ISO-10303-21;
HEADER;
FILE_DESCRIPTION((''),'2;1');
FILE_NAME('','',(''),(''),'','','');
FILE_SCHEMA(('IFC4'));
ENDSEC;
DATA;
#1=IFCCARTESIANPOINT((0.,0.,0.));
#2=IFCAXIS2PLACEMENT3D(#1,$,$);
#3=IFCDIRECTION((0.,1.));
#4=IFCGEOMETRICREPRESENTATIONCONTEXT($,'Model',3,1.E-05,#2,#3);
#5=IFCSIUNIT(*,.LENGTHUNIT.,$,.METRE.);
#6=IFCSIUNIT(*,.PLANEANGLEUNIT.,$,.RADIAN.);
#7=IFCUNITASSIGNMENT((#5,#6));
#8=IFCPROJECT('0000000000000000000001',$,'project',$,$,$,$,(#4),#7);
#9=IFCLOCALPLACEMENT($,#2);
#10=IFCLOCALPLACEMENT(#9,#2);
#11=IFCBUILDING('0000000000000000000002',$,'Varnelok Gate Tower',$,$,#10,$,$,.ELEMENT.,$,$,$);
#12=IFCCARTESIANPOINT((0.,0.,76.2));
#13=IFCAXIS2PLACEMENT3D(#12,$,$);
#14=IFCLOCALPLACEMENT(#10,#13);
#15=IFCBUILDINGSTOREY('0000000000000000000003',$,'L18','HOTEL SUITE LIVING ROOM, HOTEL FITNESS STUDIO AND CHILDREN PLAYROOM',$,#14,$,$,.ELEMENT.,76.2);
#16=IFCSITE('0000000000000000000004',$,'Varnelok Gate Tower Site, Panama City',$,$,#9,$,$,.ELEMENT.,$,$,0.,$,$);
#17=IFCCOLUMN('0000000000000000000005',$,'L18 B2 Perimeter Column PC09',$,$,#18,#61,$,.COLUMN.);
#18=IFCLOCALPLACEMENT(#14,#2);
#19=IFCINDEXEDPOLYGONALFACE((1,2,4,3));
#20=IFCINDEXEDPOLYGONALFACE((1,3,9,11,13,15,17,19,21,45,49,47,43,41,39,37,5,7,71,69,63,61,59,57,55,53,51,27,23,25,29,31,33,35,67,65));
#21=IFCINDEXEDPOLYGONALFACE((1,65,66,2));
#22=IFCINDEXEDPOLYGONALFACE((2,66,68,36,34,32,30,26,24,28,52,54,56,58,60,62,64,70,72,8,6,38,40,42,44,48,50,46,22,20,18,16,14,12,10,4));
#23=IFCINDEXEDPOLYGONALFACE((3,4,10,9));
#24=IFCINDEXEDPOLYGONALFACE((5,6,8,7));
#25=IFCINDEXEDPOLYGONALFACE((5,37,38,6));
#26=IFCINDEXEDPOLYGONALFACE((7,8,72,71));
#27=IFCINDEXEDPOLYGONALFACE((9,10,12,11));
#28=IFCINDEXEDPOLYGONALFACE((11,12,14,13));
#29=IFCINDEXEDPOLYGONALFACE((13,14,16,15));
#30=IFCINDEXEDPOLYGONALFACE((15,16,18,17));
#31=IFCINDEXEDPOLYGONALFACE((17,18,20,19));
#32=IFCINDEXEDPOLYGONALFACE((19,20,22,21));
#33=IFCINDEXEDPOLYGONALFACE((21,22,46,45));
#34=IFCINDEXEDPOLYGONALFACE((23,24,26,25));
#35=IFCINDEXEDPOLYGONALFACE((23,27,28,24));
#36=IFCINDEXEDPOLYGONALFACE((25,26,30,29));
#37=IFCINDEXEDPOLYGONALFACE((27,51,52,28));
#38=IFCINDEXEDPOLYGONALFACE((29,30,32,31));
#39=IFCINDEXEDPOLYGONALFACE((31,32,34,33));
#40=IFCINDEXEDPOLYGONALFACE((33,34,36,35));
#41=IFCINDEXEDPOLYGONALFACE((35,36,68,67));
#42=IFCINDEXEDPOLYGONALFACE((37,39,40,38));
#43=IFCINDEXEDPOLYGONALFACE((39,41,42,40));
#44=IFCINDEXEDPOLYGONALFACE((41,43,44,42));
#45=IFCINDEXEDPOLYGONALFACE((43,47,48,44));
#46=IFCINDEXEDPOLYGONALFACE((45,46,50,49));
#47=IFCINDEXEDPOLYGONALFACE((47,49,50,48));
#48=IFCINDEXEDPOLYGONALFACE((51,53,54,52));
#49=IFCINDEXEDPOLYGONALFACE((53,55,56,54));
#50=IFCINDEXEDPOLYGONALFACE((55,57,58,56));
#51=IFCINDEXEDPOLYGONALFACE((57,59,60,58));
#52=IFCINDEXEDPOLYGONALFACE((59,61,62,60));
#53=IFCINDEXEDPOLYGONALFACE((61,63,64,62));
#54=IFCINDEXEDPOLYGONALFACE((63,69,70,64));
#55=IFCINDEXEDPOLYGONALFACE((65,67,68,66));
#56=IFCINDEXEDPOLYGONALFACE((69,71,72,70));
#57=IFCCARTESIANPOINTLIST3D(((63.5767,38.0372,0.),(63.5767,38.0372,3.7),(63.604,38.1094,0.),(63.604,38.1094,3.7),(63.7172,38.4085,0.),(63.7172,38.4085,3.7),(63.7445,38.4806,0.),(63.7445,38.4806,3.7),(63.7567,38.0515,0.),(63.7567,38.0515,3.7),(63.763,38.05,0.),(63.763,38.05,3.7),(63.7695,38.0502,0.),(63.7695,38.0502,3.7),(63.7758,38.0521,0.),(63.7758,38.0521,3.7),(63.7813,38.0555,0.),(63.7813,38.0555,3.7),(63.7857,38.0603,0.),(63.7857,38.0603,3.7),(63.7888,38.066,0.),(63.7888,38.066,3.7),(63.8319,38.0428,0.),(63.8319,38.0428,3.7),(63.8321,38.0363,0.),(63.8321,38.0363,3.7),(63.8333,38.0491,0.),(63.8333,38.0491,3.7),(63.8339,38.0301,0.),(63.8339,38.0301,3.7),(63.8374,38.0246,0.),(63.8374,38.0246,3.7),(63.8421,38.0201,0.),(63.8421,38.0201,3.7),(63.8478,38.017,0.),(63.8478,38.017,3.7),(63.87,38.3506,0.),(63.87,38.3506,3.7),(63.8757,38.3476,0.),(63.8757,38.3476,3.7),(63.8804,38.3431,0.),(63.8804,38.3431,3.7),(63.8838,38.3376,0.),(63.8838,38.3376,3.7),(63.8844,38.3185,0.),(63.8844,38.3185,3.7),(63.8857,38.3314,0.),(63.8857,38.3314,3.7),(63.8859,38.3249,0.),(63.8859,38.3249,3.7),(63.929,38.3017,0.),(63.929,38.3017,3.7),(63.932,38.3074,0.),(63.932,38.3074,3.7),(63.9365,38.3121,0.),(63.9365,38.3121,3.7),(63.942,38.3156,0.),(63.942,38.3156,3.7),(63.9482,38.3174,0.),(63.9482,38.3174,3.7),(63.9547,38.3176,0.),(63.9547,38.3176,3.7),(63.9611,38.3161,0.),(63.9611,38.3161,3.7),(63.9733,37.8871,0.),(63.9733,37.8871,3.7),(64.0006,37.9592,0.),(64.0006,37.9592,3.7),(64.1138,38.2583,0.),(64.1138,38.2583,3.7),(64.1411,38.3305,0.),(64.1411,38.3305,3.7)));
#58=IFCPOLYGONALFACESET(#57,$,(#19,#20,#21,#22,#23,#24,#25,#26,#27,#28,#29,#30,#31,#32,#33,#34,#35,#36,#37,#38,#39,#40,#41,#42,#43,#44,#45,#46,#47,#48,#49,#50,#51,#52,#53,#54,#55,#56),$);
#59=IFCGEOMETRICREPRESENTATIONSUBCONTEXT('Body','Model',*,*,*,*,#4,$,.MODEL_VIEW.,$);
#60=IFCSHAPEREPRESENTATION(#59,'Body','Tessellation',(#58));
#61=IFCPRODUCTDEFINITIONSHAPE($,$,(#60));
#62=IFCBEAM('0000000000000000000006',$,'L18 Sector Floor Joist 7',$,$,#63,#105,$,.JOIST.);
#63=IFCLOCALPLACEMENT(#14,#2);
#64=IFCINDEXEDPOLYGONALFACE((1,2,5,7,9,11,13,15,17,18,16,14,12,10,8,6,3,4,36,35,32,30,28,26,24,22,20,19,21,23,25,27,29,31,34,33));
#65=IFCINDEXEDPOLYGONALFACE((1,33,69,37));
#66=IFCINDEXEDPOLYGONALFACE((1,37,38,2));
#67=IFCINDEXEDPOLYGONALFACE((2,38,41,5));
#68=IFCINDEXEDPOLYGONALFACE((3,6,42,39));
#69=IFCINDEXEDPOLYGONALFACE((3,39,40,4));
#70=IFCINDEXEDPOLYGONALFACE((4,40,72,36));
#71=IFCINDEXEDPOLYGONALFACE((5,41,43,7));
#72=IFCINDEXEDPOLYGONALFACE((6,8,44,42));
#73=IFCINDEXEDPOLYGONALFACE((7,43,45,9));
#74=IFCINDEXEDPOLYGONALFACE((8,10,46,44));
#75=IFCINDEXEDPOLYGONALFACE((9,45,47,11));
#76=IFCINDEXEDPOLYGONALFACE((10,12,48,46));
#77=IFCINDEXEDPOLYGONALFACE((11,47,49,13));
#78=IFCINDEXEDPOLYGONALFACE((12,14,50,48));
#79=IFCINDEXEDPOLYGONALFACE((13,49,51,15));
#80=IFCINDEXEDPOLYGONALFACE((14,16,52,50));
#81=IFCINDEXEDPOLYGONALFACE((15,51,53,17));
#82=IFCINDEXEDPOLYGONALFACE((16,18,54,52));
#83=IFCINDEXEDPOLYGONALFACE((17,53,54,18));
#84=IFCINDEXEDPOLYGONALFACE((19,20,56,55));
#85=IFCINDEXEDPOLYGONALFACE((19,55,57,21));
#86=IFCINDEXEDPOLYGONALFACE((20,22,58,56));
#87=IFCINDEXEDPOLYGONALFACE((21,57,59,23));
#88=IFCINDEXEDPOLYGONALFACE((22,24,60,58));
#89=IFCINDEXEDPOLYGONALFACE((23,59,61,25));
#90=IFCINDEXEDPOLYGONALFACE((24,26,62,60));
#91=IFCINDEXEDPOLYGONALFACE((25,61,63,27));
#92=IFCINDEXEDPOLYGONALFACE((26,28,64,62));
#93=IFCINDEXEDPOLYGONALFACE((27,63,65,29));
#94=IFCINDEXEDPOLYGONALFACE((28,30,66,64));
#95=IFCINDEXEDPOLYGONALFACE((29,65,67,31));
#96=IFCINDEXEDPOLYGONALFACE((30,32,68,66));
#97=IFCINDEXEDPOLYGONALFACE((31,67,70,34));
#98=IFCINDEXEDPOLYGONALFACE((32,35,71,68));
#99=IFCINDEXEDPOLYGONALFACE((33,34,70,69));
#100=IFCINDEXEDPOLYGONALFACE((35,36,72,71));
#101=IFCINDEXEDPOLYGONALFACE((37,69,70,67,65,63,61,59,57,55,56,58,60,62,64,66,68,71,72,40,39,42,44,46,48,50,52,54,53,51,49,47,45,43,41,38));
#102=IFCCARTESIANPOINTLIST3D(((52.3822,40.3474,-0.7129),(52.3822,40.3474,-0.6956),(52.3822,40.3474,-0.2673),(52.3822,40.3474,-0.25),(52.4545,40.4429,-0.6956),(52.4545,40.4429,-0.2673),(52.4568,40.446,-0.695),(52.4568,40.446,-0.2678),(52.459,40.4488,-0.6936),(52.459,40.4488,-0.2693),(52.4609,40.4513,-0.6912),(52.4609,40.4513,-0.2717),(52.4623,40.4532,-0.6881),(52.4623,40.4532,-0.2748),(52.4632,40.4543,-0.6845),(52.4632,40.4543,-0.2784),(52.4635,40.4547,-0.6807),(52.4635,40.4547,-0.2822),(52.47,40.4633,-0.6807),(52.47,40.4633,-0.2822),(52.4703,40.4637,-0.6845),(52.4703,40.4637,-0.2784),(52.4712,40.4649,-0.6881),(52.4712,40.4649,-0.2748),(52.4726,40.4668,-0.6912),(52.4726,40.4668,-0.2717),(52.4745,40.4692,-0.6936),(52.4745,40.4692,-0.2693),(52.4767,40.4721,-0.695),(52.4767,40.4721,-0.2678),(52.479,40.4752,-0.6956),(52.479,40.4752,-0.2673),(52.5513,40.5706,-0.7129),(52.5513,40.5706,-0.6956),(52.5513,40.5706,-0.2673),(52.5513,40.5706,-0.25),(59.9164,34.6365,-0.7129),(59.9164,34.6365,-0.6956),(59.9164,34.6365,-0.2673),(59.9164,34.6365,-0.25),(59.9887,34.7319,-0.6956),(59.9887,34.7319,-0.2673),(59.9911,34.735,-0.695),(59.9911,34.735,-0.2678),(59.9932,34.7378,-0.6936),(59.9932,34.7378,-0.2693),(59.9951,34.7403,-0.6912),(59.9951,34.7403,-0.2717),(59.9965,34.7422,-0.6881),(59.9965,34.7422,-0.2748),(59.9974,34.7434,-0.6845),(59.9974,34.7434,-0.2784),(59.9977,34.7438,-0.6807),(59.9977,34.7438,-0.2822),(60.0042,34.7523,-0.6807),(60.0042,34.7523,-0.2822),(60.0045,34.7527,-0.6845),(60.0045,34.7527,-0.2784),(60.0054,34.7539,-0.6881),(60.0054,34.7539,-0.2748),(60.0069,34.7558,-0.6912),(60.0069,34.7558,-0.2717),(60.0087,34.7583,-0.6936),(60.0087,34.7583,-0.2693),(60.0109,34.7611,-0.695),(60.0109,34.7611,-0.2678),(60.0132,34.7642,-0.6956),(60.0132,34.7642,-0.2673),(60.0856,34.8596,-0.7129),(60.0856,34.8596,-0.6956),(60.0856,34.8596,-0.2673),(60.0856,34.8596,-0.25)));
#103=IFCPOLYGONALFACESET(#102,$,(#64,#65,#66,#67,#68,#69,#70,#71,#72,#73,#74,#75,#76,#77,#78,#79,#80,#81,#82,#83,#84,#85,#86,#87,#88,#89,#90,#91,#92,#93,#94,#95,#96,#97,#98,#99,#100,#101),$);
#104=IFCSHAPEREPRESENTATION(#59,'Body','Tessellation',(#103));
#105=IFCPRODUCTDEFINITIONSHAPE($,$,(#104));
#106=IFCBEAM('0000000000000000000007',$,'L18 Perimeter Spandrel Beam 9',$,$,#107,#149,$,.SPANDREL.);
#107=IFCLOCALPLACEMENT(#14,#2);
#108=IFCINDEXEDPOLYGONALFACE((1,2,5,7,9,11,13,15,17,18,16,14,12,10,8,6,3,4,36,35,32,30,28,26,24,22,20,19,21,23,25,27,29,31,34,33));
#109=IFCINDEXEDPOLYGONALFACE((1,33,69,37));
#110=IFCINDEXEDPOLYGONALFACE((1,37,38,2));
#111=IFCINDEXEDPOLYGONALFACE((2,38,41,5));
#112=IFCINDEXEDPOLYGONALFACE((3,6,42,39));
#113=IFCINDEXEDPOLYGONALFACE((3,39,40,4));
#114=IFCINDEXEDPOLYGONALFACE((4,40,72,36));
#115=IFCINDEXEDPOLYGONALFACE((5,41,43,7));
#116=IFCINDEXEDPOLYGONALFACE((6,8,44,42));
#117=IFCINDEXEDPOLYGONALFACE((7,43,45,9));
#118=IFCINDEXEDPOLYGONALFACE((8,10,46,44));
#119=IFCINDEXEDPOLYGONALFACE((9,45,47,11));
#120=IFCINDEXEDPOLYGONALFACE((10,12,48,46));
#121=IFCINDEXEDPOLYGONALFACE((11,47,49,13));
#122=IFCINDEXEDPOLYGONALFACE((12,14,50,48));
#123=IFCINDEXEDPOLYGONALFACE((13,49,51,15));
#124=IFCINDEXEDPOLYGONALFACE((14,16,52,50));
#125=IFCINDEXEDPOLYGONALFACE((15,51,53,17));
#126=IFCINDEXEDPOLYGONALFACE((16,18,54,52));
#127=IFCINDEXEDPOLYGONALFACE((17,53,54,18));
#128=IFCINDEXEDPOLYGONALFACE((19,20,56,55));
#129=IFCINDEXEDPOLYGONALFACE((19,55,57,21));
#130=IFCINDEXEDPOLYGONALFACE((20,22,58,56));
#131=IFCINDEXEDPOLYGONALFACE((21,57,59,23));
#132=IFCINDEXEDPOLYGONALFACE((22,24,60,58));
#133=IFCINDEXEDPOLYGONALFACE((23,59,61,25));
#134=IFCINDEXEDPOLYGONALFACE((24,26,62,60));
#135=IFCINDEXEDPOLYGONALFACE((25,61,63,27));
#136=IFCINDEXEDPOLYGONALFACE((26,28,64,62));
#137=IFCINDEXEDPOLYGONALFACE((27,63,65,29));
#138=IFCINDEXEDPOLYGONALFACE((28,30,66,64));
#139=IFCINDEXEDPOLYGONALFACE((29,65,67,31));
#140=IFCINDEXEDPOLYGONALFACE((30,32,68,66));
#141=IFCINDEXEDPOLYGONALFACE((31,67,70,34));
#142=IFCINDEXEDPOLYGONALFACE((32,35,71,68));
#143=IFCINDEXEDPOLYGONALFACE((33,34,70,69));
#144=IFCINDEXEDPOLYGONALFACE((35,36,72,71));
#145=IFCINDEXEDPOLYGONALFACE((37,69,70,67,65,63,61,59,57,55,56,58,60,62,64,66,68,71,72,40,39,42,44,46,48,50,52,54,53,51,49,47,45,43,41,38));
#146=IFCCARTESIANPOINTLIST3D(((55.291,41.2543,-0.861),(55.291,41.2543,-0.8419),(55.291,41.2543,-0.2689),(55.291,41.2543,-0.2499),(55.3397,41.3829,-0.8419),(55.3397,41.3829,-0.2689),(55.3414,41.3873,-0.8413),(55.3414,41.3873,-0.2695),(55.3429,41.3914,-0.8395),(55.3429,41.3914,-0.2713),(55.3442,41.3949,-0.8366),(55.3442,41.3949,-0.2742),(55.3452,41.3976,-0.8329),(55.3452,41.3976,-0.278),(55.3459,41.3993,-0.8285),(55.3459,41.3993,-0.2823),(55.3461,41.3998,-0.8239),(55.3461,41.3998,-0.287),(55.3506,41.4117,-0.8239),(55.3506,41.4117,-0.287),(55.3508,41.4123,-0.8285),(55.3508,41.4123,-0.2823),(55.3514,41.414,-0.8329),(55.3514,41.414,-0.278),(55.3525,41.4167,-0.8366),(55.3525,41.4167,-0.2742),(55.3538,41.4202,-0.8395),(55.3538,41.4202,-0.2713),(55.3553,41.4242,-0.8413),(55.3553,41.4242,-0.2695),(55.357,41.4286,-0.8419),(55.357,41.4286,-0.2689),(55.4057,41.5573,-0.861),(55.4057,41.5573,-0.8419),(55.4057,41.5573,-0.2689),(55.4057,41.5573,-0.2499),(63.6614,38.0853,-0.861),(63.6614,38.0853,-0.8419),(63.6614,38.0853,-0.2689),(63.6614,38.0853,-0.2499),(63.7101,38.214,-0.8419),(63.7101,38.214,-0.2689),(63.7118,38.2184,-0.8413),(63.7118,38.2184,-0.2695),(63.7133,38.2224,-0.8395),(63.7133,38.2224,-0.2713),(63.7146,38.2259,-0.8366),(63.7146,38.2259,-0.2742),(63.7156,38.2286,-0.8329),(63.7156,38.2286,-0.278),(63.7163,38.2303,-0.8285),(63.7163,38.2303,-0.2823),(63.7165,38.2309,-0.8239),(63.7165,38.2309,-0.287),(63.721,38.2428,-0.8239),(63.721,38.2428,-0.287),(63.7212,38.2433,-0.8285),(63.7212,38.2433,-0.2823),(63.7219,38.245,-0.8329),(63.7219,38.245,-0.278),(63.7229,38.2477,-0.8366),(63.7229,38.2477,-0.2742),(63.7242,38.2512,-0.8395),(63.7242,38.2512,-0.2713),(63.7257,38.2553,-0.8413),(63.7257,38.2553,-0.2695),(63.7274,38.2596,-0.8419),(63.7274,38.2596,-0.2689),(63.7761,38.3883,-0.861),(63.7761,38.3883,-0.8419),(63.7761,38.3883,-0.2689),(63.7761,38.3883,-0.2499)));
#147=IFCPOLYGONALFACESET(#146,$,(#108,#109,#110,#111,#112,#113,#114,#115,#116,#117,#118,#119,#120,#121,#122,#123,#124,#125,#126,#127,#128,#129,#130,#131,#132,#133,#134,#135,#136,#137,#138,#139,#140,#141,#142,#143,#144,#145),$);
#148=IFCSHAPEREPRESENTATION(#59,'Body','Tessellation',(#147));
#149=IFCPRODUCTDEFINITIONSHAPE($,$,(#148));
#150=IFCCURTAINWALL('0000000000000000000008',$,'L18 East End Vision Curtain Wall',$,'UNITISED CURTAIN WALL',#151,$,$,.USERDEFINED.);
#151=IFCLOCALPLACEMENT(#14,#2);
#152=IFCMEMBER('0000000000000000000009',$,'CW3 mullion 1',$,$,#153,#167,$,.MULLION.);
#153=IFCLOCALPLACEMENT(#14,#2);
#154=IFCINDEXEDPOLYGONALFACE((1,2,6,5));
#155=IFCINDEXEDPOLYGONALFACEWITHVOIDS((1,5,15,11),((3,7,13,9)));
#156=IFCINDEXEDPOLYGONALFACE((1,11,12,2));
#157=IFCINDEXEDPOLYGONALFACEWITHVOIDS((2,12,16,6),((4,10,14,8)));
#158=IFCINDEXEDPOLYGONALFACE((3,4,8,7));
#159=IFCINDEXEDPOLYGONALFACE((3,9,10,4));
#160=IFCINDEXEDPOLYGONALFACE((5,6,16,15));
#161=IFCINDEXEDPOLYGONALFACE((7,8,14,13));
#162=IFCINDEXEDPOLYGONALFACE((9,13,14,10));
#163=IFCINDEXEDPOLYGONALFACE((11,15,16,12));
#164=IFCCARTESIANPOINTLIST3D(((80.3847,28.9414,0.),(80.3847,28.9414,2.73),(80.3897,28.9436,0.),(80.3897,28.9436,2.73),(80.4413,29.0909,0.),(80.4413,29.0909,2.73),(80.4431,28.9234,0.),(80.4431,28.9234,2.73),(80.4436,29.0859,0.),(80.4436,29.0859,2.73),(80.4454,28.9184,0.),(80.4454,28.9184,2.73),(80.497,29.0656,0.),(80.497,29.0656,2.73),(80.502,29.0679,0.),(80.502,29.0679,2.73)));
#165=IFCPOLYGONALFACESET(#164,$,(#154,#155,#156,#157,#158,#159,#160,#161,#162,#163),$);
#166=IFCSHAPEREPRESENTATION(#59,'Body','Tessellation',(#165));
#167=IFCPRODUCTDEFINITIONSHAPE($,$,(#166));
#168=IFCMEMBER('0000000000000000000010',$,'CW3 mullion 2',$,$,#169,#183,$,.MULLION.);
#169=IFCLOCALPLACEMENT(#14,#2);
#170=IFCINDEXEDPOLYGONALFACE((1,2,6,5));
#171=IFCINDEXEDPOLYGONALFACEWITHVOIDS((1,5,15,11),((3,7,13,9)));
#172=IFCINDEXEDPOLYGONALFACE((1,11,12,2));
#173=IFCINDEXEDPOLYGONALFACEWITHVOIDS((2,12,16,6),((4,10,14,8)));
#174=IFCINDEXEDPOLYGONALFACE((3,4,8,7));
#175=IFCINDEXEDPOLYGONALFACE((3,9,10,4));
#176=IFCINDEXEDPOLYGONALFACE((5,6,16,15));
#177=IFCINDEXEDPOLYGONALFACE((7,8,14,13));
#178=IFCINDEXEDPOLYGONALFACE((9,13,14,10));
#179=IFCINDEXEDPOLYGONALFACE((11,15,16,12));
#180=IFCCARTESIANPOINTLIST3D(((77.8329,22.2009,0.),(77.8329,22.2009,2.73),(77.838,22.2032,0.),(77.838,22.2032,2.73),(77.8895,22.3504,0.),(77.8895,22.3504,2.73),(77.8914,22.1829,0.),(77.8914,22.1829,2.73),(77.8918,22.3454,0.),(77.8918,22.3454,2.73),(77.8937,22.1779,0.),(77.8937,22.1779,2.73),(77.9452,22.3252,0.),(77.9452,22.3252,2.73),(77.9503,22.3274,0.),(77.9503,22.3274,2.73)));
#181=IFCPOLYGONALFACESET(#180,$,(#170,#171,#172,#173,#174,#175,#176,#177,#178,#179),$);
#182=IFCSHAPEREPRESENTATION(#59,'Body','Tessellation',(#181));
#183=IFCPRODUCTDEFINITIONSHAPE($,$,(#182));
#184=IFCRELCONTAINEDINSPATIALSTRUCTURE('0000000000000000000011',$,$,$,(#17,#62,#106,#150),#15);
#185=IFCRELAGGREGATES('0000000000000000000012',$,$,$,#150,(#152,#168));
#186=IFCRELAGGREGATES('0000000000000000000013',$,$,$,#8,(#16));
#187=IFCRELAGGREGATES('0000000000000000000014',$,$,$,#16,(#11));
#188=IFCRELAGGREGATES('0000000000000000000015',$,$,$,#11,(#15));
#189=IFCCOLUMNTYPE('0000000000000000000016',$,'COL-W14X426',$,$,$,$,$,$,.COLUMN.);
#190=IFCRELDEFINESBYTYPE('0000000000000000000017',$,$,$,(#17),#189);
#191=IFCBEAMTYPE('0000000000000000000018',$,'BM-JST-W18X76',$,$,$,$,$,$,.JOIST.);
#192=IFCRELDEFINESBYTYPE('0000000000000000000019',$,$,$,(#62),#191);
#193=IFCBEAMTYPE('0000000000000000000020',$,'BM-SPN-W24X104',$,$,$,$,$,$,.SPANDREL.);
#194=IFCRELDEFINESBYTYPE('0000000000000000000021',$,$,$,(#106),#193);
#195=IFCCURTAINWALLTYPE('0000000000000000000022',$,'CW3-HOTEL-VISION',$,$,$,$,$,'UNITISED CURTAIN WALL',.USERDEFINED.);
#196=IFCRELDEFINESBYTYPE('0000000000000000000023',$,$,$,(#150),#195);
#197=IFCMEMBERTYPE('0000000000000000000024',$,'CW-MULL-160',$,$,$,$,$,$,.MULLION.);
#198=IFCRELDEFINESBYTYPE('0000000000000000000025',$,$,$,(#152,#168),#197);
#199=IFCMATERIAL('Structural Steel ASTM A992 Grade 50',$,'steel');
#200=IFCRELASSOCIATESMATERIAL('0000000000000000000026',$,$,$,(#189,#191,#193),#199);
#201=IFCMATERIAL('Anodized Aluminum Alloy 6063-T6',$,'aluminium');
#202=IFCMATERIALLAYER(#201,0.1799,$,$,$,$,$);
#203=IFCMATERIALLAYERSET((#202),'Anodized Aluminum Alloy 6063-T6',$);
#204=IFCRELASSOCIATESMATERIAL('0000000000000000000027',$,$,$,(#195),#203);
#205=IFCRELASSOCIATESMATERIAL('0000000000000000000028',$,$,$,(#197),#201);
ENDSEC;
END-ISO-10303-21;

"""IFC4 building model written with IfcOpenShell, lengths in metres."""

from ifc_helpers import new_model, si_unit, direction, frame, origin, origin_2d, place, context, subcontext, project, spatial, hollow_rectangle, i_section, extrude, material, layer, layer_set, material_profile, profile_set, type_object, element, aggregate, save


model = new_model("IFC4")

# Units and contexts
model_context = context("Model", 3, precision=1e-05, world=origin(), true_north=direction((0.0, 1.0)))
body_context = subcontext(model_context, "Body", "Model", "MODEL_VIEW")
ifc_project = project(units=[si_unit("LENGTHUNIT", "METRE"), si_unit("PLANEANGLEUNIT", "RADIAN")], contexts=[model_context])

# Site, building, storey
site_placement = place(None, origin())
site = spatial("IfcSite", under=ifc_project, at=site_placement, Name="Varnelok Gate Tower Site, Panama City", CompositionType="ELEMENT", RefElevation=0.0)
building_placement = place(site_placement, origin())
building = spatial("IfcBuilding", under=site, at=building_placement, Name="Varnelok Gate Tower", CompositionType="ELEMENT")
storey_placement = place(building_placement, frame((0.0, 0.0, 76.2)))
storey = spatial("IfcBuildingStorey", under=building, at=storey_placement, Name="L18", Description="HOTEL SUITE LIVING ROOM, HOTEL FITNESS STUDIO AND CHILDREN PLAYROOM", CompositionType="ELEMENT", Elevation=76.2)

# Column
ifc_material_1 = material(Name="Structural Steel ASTM A992 Grade 50", Category="steel")
ifc_material_profile_1 = material_profile(ifc_material_1, i_section(OverallWidth=0.4241, OverallDepth=0.4741, WebThickness=0.0476, FlangeThickness=0.0771, FilletRadius=0.0249, at=origin_2d()), Name="W14X426")
ifc_profile_set_1 = profile_set([ifc_material_profile_1], Name="Structural Steel ASTM A992 Grade 50")
column_type = type_object("IfcColumnType", Name="COL-W14X426", PredefinedType="COLUMN", material=ifc_profile_set_1)
column_placement = place(storey_placement, frame((63.8589, 38.1838, 0.0), z_axis=(0.0, 0.0, 1.0), x_axis=(0.935222, -0.354063, 0.0)))
element("IfcColumn", 1, at=column_placement, inside=storey, type_object=column_type, Name="L18 B2 Perimeter Column PC09", PredefinedType="COLUMN", context=body_context, shape_type="SweptSolid", body=[
    extrude(i_section(OverallWidth=0.4241, OverallDepth=0.4741, WebThickness=0.0476, FlangeThickness=0.0771, FilletRadius=0.0249, at=origin_2d()), origin(), (0.0, 0.0, 1.0), 3.7),
])

# Beams
ifc_material_profile_2 = material_profile(ifc_material_1, i_section(OverallWidth=0.28, OverallDepth=0.4629, WebThickness=0.0107, FlangeThickness=0.0173, FilletRadius=0.0149, at=origin_2d()), Name="W18X76")
ifc_profile_set_2 = profile_set([ifc_material_profile_2], Name="Structural Steel ASTM A992 Grade 50")
beam_type_1 = type_object("IfcBeamType", Name="BM-JST-W18X76", PredefinedType="JOIST", material=ifc_profile_set_2)
beam_1_placement = place(storey_placement, frame((60.001, 34.748, -0.4814), z_axis=(-0.796928, 0.604074, 0.0), x_axis=(-0.604074, -0.796928, 0.0)))
element("IfcBeam", 2, at=beam_1_placement, inside=storey, type_object=beam_type_1, Name="L18 Sector Floor Joist 7", PredefinedType="JOIST", context=body_context, shape_type="SweptSolid", body=[
    extrude(i_section(OverallWidth=0.28, OverallDepth=0.4629, WebThickness=0.0107, FlangeThickness=0.0173, FilletRadius=0.0149, at=origin_2d()), origin(), (0.0, 0.0, 1.0), 9.4541),
])
ifc_material_profile_3 = material_profile(ifc_material_1, i_section(OverallWidth=0.324, OverallDepth=0.6111, WebThickness=0.0127, FlangeThickness=0.019, FilletRadius=0.0181, at=origin_2d()), Name="W24X104")
ifc_profile_set_3 = profile_set([ifc_material_profile_3], Name="Structural Steel ASTM A992 Grade 50")
beam_type_2 = type_object("IfcBeamType", Name="BM-SPN-W24X104", PredefinedType="SPANDREL", material=ifc_profile_set_3)
beam_2_placement = place(storey_placement, frame((63.7188, 38.2368, -0.5554), z_axis=(-0.93522, 0.354066, 0.0), x_axis=(-0.354066, -0.93522, 0.0)))
element("IfcBeam", 3, at=beam_2_placement, inside=storey, type_object=beam_type_2, Name="L18 Perimeter Spandrel Beam 9", PredefinedType="SPANDREL", context=body_context, shape_type="SweptSolid", body=[
    extrude(i_section(OverallWidth=0.324, OverallDepth=0.6111, WebThickness=0.0127, FlangeThickness=0.019, FilletRadius=0.0181, at=origin_2d()), origin(), (0.0, 0.0, 1.0), 8.9502),
])

# Curtain wall, members
ifc_material_2 = material(Name="Anodized Aluminum Alloy 6063-T6", Category="aluminium")
ifc_layer_1 = layer(ifc_material_2, 0.1799)
ifc_layer_set_1 = layer_set([ifc_layer_1], Name="Anodized Aluminum Alloy 6063-T6")
curtain_wall_type = type_object("IfcCurtainWallType", Name="CW3-HOTEL-VISION", ElementType="UNITISED CURTAIN WALL", PredefinedType="USERDEFINED", material=ifc_layer_set_1)
curtain_wall_placement = place(storey_placement, origin())
curtain_wall = element("IfcCurtainWall", 4, at=curtain_wall_placement, inside=storey, type_object=curtain_wall_type, Name="L18 East End Vision Curtain Wall", ObjectType="UNITISED CURTAIN WALL", PredefinedType="USERDEFINED")
ifc_material_profile_4 = material_profile(ifc_material_2, hollow_rectangle(XDim=0.0649, YDim=0.1599, WallThickness=0.0039, at=origin_2d()), Name="ALU160X65X4")
ifc_profile_set_4 = profile_set([ifc_material_profile_4], Name="Anodized Aluminum Alloy 6063-T6")
member_type_1 = type_object("IfcMemberType", Name="CW-MULL-160", PredefinedType="MULLION", material=ifc_profile_set_4)
member_1_placement = place(storey_placement, frame((80.4434, 29.0046, 0.0), z_axis=(0.0, 0.0, 1.0), x_axis=(0.935221, -0.354064, 0.0)))
member_1 = element("IfcMember", 5, at=member_1_placement, type_object=member_type_1, Name="CW3 mullion 1", PredefinedType="MULLION", context=body_context, shape_type="SweptSolid", body=[
    extrude(hollow_rectangle(XDim=0.0649, YDim=0.1599, WallThickness=0.0039, at=origin_2d()), origin(), (0.0, 0.0, 1.0), 2.73),
])
member_2_placement = place(storey_placement, frame((77.8916, 22.2642, 0.0), z_axis=(0.0, 0.0, 1.0), x_axis=(0.935221, -0.354064, 0.0)))
member_2 = element("IfcMember", 6, at=member_2_placement, type_object=member_type_1, Name="CW3 mullion 2", PredefinedType="MULLION", context=body_context, shape_type="SweptSolid", body=[
    extrude(hollow_rectangle(XDim=0.0649, YDim=0.1599, WallThickness=0.0039, at=origin_2d()), origin(), (0.0, 0.0, 1.0), 2.73),
])
aggregate(curtain_wall, [member_1, member_2])

save(model, "model.ifc")
